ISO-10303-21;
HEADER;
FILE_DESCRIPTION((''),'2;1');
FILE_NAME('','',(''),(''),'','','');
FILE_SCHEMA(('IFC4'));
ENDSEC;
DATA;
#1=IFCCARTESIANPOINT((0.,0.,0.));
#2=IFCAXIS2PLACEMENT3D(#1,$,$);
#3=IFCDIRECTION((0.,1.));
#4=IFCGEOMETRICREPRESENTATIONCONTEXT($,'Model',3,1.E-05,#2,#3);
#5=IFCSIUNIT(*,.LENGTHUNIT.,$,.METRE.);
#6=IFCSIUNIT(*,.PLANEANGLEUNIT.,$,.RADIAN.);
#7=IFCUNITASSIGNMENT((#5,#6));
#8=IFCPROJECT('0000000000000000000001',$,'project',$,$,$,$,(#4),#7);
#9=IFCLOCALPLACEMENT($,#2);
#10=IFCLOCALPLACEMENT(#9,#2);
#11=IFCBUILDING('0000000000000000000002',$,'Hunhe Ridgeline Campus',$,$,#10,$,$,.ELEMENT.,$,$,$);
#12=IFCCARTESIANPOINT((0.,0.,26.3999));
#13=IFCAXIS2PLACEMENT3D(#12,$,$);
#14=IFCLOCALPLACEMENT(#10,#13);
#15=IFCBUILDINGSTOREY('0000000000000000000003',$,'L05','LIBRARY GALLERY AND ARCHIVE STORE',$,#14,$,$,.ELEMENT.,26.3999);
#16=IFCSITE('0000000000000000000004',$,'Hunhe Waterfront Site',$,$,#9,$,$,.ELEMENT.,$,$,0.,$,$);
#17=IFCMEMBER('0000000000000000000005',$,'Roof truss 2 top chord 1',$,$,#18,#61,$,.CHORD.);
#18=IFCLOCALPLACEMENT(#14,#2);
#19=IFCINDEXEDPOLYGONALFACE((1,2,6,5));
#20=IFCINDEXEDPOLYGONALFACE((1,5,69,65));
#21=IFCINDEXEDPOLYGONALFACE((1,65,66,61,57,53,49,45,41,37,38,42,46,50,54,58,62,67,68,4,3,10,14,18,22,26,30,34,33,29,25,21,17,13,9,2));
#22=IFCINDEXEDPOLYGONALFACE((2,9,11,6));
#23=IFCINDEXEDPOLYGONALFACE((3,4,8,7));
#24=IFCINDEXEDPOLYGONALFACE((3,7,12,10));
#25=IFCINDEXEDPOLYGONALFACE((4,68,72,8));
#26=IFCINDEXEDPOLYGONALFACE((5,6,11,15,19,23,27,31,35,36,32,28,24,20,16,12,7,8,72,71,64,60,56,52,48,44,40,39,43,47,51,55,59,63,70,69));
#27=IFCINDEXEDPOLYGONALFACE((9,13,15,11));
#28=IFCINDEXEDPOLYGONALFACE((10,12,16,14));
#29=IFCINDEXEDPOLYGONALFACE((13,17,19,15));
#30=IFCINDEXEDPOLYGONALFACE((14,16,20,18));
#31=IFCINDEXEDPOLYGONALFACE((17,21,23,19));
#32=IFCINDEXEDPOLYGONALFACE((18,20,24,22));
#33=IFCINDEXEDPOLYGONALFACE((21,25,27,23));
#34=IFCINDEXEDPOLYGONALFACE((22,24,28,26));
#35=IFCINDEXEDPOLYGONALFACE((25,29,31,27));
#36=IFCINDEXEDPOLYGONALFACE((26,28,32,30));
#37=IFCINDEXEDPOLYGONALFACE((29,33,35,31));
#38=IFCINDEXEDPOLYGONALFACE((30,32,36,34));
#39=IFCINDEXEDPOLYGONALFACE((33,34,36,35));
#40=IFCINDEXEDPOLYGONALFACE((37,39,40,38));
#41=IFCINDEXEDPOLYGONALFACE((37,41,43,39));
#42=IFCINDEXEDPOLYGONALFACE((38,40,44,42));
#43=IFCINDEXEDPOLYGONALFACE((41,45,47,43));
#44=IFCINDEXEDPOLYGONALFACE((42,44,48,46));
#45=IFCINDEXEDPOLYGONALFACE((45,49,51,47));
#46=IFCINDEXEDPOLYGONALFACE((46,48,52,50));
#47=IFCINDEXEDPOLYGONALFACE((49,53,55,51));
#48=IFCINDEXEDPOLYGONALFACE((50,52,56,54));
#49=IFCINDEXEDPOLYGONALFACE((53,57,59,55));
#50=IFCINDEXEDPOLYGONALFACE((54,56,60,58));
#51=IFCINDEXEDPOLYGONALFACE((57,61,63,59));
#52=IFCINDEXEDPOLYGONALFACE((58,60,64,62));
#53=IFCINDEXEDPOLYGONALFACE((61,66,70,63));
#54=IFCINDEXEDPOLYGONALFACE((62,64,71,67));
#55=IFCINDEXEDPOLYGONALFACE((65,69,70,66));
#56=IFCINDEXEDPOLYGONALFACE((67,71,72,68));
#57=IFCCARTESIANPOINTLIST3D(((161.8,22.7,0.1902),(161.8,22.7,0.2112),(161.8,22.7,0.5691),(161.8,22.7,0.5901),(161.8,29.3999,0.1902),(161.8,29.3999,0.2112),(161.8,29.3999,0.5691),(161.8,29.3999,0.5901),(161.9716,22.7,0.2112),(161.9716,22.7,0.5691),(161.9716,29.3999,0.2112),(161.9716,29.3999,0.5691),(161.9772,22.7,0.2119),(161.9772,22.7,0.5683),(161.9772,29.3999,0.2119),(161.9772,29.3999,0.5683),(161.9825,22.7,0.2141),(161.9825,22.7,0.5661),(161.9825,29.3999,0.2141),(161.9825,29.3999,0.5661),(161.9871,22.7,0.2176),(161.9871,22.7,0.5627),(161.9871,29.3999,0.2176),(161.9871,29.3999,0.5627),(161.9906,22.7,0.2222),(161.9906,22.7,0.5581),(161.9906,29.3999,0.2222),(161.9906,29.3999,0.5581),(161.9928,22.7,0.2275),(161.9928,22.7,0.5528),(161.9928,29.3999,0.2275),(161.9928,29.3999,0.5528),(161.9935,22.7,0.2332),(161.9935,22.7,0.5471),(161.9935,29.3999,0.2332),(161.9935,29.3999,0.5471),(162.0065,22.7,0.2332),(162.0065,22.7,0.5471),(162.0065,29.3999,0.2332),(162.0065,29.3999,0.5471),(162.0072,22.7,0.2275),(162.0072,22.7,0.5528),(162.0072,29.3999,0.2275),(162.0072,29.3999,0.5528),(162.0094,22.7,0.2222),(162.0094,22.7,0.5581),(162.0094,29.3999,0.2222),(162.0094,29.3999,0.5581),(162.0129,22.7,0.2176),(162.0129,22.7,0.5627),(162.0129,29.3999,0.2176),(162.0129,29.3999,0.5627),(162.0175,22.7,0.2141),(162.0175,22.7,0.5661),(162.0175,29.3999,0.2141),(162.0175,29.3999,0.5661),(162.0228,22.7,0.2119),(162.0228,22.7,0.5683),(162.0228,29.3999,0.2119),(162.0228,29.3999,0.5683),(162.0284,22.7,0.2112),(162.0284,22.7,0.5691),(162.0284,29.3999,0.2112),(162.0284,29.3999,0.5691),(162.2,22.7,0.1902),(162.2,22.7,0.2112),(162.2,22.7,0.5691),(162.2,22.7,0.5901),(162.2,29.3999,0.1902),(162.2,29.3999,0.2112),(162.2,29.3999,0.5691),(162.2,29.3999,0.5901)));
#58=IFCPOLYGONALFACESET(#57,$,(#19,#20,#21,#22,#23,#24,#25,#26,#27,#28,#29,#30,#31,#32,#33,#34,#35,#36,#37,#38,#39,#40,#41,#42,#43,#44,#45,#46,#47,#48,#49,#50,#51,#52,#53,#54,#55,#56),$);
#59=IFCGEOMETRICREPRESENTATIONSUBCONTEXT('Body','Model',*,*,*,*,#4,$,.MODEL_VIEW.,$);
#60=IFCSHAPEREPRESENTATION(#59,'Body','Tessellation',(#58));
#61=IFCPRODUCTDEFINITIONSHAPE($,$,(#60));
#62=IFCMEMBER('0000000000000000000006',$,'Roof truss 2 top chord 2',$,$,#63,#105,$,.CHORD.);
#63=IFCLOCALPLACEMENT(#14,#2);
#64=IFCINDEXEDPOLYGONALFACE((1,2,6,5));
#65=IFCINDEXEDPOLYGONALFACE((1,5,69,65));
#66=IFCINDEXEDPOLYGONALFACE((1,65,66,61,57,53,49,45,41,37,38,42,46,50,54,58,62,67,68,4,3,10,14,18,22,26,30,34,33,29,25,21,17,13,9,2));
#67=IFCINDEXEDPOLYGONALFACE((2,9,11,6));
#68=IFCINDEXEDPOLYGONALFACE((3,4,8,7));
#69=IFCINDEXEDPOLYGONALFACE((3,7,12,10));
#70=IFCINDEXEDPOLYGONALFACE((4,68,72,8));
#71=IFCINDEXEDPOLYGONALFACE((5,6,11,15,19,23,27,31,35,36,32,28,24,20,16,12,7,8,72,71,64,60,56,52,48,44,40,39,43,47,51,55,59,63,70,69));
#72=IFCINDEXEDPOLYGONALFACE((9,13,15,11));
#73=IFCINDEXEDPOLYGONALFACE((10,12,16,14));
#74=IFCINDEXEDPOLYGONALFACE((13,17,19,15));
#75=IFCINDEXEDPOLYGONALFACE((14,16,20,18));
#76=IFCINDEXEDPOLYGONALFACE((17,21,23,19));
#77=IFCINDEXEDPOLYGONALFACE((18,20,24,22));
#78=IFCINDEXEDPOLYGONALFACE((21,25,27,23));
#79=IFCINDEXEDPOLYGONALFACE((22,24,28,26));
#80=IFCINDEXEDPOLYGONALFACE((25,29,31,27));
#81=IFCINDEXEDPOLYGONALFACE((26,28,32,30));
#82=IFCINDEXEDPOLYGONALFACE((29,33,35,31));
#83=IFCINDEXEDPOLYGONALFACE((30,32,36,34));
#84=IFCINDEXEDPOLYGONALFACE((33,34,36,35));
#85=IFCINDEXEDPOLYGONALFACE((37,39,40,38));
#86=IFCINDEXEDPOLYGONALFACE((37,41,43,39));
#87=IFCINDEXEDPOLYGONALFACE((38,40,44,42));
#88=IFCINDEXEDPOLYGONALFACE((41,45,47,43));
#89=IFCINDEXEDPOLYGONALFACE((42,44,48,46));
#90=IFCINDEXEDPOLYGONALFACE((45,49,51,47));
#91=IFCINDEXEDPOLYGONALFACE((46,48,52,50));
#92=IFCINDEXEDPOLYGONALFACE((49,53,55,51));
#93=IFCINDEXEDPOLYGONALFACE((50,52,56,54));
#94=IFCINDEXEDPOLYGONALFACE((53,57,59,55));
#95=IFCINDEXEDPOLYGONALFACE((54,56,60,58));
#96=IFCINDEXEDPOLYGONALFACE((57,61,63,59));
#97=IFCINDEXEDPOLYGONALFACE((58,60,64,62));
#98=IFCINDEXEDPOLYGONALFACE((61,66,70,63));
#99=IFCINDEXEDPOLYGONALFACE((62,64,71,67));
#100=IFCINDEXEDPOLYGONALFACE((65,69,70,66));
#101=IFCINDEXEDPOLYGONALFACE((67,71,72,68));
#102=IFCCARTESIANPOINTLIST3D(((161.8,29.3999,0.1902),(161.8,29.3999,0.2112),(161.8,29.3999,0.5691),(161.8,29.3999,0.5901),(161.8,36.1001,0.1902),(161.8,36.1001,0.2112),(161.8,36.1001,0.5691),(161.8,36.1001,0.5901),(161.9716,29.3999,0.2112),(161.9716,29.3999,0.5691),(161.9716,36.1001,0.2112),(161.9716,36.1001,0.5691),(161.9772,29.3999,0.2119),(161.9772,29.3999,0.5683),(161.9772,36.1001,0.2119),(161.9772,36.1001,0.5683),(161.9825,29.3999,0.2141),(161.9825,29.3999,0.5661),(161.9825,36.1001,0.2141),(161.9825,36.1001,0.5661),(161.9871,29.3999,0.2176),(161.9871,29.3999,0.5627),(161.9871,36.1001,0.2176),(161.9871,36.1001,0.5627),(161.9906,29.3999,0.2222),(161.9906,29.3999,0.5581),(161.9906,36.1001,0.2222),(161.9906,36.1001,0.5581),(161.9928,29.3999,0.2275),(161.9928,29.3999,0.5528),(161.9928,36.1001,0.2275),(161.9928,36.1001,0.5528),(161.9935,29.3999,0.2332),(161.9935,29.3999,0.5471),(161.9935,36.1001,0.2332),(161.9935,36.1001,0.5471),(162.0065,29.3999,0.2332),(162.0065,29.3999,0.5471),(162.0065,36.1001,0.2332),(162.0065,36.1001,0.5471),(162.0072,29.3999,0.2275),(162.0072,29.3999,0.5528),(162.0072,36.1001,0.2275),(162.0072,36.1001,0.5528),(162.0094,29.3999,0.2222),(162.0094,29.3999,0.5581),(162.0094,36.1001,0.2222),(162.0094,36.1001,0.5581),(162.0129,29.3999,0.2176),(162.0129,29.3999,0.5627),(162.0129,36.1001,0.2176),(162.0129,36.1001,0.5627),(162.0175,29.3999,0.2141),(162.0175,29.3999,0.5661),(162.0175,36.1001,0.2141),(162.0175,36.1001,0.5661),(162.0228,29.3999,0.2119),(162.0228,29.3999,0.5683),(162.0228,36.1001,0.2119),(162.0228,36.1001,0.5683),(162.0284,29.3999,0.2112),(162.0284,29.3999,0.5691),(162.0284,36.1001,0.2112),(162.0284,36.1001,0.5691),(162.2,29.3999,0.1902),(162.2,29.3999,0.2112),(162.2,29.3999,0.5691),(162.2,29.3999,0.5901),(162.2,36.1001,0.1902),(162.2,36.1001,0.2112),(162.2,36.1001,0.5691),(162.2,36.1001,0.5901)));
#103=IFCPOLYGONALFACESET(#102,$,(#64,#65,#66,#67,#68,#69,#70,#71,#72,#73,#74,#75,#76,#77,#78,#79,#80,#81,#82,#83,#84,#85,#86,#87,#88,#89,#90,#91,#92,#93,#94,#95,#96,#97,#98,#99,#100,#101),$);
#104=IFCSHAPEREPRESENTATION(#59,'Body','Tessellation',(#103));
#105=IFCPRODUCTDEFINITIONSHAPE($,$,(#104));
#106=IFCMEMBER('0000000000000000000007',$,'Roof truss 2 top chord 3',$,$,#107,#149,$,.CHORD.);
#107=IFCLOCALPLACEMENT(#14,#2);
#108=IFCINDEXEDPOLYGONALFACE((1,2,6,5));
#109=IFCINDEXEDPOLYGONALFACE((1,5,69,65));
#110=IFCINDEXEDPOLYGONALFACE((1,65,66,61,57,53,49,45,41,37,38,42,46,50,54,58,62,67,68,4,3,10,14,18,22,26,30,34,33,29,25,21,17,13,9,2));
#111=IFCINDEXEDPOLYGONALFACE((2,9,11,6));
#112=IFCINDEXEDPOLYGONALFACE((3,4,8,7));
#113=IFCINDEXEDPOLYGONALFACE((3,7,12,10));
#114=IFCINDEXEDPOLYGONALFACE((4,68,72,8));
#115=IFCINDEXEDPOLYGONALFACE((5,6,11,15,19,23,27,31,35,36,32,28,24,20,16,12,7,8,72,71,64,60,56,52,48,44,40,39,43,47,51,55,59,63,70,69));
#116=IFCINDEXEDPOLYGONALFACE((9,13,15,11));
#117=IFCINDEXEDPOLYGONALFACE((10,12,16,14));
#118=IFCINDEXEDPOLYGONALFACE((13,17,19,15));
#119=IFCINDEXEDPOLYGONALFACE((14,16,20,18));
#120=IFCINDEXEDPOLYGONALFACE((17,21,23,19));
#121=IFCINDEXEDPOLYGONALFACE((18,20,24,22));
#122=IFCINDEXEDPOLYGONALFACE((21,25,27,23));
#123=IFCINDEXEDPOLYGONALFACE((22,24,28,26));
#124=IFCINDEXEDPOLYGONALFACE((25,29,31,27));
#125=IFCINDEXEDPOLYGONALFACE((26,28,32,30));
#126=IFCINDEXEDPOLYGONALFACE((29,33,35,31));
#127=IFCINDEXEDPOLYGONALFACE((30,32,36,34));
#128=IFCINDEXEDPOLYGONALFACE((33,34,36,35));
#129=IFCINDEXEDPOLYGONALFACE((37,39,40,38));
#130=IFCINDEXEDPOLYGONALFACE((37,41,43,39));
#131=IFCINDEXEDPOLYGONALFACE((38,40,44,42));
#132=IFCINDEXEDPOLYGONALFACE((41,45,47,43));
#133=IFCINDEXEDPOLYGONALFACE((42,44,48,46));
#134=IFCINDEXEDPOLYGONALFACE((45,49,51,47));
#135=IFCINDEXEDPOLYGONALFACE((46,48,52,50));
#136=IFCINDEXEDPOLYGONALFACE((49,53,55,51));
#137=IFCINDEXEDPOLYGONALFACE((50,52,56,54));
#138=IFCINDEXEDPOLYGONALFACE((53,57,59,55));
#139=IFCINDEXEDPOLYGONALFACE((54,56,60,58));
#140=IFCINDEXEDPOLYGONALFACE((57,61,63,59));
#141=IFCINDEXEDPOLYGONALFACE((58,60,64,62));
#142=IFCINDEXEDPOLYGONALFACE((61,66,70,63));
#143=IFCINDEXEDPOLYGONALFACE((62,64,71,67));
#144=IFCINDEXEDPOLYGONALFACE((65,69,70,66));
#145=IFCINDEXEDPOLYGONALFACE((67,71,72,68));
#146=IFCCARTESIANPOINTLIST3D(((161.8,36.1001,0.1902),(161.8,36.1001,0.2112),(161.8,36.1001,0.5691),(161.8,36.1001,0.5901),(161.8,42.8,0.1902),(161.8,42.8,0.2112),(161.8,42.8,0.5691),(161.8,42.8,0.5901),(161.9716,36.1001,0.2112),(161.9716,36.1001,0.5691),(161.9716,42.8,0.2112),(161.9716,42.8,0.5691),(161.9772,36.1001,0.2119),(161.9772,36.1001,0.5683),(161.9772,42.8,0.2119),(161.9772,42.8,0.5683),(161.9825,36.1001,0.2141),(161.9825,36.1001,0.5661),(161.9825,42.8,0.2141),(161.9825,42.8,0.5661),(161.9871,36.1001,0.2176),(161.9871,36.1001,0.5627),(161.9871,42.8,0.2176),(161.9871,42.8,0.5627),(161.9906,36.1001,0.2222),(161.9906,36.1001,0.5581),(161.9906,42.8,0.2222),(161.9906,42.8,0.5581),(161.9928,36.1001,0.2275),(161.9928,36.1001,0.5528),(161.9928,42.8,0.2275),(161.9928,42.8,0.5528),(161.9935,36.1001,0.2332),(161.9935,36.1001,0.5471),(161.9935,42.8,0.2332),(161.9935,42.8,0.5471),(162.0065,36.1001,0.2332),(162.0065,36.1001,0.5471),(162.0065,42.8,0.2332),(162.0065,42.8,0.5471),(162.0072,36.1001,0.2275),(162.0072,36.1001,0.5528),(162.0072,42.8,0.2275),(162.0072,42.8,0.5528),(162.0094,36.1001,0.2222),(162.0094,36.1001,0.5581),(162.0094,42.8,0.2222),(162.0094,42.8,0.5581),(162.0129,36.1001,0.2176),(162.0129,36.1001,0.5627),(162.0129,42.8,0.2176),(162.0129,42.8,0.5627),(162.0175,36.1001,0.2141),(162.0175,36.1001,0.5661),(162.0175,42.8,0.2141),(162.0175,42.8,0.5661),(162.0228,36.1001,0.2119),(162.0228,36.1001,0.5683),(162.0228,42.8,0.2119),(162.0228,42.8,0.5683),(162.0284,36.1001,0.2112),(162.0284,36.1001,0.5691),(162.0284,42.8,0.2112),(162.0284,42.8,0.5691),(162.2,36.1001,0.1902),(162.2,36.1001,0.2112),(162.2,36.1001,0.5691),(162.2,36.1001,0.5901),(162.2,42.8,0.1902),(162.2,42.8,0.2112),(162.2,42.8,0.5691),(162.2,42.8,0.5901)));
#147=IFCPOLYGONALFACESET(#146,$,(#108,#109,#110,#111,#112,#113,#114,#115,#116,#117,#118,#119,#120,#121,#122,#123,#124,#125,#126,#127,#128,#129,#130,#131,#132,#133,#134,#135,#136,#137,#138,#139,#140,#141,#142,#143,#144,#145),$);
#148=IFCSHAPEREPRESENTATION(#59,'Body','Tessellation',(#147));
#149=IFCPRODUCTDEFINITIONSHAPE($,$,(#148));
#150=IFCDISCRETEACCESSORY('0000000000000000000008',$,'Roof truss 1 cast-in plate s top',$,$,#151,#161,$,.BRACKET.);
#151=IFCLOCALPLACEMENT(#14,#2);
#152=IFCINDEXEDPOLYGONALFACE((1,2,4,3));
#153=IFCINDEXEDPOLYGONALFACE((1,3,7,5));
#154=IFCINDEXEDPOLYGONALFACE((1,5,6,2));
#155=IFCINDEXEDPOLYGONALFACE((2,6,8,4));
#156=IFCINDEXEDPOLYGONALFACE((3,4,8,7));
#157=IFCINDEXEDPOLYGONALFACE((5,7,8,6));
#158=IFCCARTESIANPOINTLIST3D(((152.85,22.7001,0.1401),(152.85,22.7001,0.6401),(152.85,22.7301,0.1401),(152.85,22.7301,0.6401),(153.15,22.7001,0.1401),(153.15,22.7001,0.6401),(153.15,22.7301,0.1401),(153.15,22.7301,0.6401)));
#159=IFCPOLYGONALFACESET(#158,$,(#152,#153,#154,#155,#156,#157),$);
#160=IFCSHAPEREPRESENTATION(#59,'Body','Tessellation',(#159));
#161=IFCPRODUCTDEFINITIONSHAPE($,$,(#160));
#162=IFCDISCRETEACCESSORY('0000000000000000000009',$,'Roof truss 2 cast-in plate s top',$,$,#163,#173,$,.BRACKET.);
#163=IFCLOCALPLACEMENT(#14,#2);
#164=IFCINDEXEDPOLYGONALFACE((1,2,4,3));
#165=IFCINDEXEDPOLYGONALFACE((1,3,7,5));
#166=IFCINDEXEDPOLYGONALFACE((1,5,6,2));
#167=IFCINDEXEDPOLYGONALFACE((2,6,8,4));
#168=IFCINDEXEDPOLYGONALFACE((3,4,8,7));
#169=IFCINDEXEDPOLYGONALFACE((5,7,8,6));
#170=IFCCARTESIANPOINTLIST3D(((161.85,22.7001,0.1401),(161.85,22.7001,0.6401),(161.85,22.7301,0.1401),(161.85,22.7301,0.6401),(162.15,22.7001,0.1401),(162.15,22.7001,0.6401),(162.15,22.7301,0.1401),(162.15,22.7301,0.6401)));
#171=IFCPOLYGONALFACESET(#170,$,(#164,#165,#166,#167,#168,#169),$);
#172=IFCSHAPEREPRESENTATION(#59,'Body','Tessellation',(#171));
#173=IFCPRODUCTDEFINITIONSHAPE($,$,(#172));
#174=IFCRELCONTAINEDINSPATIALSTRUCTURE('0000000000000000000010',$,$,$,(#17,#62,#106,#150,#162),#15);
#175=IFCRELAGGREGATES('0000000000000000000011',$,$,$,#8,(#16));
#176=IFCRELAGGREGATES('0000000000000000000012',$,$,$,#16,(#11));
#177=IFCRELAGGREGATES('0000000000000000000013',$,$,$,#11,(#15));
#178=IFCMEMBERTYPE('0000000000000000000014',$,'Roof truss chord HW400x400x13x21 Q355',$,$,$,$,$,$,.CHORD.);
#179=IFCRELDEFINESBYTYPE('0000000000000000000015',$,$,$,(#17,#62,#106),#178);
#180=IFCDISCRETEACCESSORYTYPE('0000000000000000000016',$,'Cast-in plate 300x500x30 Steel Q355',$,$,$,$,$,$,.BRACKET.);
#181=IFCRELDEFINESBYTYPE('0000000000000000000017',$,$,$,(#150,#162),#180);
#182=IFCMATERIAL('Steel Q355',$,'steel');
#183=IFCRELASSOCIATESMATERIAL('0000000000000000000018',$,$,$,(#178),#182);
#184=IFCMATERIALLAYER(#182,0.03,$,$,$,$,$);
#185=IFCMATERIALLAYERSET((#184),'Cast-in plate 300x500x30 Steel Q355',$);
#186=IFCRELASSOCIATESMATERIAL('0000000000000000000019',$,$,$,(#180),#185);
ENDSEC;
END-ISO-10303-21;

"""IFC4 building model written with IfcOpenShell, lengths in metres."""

from ifc_helpers import new_model, si_unit, direction, frame, origin, origin_2d, place, context, subcontext, project, spatial, rectangle, i_section, extrude, material, layer, layer_set, material_profile, profile_set, type_object, element, save


model = new_model("IFC4")

# Units and contexts
model_context = context("Model", 3, precision=1e-05, world=origin(), true_north=direction((0.0, 1.0)))
body_context = subcontext(model_context, "Body", "Model", "MODEL_VIEW")
ifc_project = project(units=[si_unit("LENGTHUNIT", "METRE"), si_unit("PLANEANGLEUNIT", "RADIAN")], contexts=[model_context])

# Site, building, storey
site_placement = place(None, origin())
site = spatial("IfcSite", under=ifc_project, at=site_placement, Name="Hunhe Waterfront Site", CompositionType="ELEMENT", RefElevation=0.0)
building_placement = place(site_placement, origin())
building = spatial("IfcBuilding", under=site, at=building_placement, Name="Hunhe Ridgeline Campus", CompositionType="ELEMENT")
storey_placement = place(building_placement, frame((0.0, 0.0, 26.3999)))
storey = spatial("IfcBuildingStorey", under=building, at=storey_placement, Name="L05", Description="LIBRARY GALLERY AND ARCHIVE STORE", CompositionType="ELEMENT", Elevation=26.3999)

# Members
ifc_material = material(Name="Steel Q355", Category="steel")
ifc_material_profile_1 = material_profile(ifc_material, i_section(OverallWidth=0.3999, OverallDepth=0.3999, WebThickness=0.0129, FlangeThickness=0.021, FilletRadius=0.022, at=origin_2d()))
ifc_profile_set_1 = profile_set([ifc_material_profile_1], Name="Steel Q355")
member_type_1 = type_object("IfcMemberType", Name="Roof truss chord HW400x400x13x21 Q355", PredefinedType="CHORD", material=ifc_profile_set_1)
for number, where, z_axis, x_axis, name in (
    (1, (162.0, 22.7, 0.3901), (0.0, 1.0, 0.0), (-1.0, 0.0, 0.0), "Roof truss 2 top chord 1"),
):
    element("IfcMember", number, at=place(storey_placement, frame(where, z_axis=z_axis, x_axis=x_axis)), inside=storey, type_object=member_type_1, Name=name, PredefinedType="CHORD", context=body_context, shape_type="SweptSolid", body=[
        extrude(i_section(OverallWidth=0.3999, OverallDepth=0.3999, WebThickness=0.0129, FlangeThickness=0.021, FilletRadius=0.022, at=origin_2d()), origin(), (0.0, 0.0, 1.0), 6.7),
    ])
member_1_placement = place(storey_placement, frame((162.0, 29.3999, 0.3901), z_axis=(0.0, 1.0, 0.0), x_axis=(-1.0, 0.0, 0.0)))
element("IfcMember", 2, at=member_1_placement, inside=storey, type_object=member_type_1, Name="Roof truss 2 top chord 2", PredefinedType="CHORD", context=body_context, shape_type="SweptSolid", body=[
    extrude(i_section(OverallWidth=0.3999, OverallDepth=0.3999, WebThickness=0.0129, FlangeThickness=0.021, FilletRadius=0.022, at=origin_2d()), origin(), (0.0, 0.0, 1.0), 6.7002),
])
member_2_placement = place(storey_placement, frame((162.0, 36.1001, 0.3901), z_axis=(0.0, 1.0, 0.0), x_axis=(-1.0, 0.0, 0.0)))
element("IfcMember", 3, at=member_2_placement, inside=storey, type_object=member_type_1, Name="Roof truss 2 top chord 3", PredefinedType="CHORD", context=body_context, shape_type="SweptSolid", body=[
    extrude(i_section(OverallWidth=0.3999, OverallDepth=0.3999, WebThickness=0.0129, FlangeThickness=0.021, FilletRadius=0.022, at=origin_2d()), origin(), (0.0, 0.0, 1.0), 6.7),
])

# Discrete accessories
ifc_layer = layer(ifc_material, 0.03)
ifc_layer_set = layer_set([ifc_layer], Name="Cast-in plate 300x500x30 Steel Q355")
discrete_accessory_type = type_object("IfcDiscreteAccessoryType", Name="Cast-in plate 300x500x30 Steel Q355", PredefinedType="BRACKET", material=ifc_layer_set)
for number, where, z_axis, x_axis, name in (
    (4, (153.0, 22.7151, 0.1401), (0.0, 0.0, 1.0), (0.0, 1.0, 0.0), "Roof truss 1 cast-in plate s top"),
    (5, (162.0, 22.7151, 0.1401), (0.0, 0.0, 1.0), (0.0, 1.0, 0.0), "Roof truss 2 cast-in plate s top"),
):
    element("IfcDiscreteAccessory", number, at=place(storey_placement, frame(where, z_axis=z_axis, x_axis=x_axis)), inside=storey, type_object=discrete_accessory_type, Name=name, PredefinedType="BRACKET", context=body_context, shape_type="SweptSolid", body=[
        extrude(rectangle(XDim=0.03, YDim=0.3, at=origin_2d()), origin(), (0.0, 0.0, 1.0), 0.5),
    ])

save(model, "model.ifc")
